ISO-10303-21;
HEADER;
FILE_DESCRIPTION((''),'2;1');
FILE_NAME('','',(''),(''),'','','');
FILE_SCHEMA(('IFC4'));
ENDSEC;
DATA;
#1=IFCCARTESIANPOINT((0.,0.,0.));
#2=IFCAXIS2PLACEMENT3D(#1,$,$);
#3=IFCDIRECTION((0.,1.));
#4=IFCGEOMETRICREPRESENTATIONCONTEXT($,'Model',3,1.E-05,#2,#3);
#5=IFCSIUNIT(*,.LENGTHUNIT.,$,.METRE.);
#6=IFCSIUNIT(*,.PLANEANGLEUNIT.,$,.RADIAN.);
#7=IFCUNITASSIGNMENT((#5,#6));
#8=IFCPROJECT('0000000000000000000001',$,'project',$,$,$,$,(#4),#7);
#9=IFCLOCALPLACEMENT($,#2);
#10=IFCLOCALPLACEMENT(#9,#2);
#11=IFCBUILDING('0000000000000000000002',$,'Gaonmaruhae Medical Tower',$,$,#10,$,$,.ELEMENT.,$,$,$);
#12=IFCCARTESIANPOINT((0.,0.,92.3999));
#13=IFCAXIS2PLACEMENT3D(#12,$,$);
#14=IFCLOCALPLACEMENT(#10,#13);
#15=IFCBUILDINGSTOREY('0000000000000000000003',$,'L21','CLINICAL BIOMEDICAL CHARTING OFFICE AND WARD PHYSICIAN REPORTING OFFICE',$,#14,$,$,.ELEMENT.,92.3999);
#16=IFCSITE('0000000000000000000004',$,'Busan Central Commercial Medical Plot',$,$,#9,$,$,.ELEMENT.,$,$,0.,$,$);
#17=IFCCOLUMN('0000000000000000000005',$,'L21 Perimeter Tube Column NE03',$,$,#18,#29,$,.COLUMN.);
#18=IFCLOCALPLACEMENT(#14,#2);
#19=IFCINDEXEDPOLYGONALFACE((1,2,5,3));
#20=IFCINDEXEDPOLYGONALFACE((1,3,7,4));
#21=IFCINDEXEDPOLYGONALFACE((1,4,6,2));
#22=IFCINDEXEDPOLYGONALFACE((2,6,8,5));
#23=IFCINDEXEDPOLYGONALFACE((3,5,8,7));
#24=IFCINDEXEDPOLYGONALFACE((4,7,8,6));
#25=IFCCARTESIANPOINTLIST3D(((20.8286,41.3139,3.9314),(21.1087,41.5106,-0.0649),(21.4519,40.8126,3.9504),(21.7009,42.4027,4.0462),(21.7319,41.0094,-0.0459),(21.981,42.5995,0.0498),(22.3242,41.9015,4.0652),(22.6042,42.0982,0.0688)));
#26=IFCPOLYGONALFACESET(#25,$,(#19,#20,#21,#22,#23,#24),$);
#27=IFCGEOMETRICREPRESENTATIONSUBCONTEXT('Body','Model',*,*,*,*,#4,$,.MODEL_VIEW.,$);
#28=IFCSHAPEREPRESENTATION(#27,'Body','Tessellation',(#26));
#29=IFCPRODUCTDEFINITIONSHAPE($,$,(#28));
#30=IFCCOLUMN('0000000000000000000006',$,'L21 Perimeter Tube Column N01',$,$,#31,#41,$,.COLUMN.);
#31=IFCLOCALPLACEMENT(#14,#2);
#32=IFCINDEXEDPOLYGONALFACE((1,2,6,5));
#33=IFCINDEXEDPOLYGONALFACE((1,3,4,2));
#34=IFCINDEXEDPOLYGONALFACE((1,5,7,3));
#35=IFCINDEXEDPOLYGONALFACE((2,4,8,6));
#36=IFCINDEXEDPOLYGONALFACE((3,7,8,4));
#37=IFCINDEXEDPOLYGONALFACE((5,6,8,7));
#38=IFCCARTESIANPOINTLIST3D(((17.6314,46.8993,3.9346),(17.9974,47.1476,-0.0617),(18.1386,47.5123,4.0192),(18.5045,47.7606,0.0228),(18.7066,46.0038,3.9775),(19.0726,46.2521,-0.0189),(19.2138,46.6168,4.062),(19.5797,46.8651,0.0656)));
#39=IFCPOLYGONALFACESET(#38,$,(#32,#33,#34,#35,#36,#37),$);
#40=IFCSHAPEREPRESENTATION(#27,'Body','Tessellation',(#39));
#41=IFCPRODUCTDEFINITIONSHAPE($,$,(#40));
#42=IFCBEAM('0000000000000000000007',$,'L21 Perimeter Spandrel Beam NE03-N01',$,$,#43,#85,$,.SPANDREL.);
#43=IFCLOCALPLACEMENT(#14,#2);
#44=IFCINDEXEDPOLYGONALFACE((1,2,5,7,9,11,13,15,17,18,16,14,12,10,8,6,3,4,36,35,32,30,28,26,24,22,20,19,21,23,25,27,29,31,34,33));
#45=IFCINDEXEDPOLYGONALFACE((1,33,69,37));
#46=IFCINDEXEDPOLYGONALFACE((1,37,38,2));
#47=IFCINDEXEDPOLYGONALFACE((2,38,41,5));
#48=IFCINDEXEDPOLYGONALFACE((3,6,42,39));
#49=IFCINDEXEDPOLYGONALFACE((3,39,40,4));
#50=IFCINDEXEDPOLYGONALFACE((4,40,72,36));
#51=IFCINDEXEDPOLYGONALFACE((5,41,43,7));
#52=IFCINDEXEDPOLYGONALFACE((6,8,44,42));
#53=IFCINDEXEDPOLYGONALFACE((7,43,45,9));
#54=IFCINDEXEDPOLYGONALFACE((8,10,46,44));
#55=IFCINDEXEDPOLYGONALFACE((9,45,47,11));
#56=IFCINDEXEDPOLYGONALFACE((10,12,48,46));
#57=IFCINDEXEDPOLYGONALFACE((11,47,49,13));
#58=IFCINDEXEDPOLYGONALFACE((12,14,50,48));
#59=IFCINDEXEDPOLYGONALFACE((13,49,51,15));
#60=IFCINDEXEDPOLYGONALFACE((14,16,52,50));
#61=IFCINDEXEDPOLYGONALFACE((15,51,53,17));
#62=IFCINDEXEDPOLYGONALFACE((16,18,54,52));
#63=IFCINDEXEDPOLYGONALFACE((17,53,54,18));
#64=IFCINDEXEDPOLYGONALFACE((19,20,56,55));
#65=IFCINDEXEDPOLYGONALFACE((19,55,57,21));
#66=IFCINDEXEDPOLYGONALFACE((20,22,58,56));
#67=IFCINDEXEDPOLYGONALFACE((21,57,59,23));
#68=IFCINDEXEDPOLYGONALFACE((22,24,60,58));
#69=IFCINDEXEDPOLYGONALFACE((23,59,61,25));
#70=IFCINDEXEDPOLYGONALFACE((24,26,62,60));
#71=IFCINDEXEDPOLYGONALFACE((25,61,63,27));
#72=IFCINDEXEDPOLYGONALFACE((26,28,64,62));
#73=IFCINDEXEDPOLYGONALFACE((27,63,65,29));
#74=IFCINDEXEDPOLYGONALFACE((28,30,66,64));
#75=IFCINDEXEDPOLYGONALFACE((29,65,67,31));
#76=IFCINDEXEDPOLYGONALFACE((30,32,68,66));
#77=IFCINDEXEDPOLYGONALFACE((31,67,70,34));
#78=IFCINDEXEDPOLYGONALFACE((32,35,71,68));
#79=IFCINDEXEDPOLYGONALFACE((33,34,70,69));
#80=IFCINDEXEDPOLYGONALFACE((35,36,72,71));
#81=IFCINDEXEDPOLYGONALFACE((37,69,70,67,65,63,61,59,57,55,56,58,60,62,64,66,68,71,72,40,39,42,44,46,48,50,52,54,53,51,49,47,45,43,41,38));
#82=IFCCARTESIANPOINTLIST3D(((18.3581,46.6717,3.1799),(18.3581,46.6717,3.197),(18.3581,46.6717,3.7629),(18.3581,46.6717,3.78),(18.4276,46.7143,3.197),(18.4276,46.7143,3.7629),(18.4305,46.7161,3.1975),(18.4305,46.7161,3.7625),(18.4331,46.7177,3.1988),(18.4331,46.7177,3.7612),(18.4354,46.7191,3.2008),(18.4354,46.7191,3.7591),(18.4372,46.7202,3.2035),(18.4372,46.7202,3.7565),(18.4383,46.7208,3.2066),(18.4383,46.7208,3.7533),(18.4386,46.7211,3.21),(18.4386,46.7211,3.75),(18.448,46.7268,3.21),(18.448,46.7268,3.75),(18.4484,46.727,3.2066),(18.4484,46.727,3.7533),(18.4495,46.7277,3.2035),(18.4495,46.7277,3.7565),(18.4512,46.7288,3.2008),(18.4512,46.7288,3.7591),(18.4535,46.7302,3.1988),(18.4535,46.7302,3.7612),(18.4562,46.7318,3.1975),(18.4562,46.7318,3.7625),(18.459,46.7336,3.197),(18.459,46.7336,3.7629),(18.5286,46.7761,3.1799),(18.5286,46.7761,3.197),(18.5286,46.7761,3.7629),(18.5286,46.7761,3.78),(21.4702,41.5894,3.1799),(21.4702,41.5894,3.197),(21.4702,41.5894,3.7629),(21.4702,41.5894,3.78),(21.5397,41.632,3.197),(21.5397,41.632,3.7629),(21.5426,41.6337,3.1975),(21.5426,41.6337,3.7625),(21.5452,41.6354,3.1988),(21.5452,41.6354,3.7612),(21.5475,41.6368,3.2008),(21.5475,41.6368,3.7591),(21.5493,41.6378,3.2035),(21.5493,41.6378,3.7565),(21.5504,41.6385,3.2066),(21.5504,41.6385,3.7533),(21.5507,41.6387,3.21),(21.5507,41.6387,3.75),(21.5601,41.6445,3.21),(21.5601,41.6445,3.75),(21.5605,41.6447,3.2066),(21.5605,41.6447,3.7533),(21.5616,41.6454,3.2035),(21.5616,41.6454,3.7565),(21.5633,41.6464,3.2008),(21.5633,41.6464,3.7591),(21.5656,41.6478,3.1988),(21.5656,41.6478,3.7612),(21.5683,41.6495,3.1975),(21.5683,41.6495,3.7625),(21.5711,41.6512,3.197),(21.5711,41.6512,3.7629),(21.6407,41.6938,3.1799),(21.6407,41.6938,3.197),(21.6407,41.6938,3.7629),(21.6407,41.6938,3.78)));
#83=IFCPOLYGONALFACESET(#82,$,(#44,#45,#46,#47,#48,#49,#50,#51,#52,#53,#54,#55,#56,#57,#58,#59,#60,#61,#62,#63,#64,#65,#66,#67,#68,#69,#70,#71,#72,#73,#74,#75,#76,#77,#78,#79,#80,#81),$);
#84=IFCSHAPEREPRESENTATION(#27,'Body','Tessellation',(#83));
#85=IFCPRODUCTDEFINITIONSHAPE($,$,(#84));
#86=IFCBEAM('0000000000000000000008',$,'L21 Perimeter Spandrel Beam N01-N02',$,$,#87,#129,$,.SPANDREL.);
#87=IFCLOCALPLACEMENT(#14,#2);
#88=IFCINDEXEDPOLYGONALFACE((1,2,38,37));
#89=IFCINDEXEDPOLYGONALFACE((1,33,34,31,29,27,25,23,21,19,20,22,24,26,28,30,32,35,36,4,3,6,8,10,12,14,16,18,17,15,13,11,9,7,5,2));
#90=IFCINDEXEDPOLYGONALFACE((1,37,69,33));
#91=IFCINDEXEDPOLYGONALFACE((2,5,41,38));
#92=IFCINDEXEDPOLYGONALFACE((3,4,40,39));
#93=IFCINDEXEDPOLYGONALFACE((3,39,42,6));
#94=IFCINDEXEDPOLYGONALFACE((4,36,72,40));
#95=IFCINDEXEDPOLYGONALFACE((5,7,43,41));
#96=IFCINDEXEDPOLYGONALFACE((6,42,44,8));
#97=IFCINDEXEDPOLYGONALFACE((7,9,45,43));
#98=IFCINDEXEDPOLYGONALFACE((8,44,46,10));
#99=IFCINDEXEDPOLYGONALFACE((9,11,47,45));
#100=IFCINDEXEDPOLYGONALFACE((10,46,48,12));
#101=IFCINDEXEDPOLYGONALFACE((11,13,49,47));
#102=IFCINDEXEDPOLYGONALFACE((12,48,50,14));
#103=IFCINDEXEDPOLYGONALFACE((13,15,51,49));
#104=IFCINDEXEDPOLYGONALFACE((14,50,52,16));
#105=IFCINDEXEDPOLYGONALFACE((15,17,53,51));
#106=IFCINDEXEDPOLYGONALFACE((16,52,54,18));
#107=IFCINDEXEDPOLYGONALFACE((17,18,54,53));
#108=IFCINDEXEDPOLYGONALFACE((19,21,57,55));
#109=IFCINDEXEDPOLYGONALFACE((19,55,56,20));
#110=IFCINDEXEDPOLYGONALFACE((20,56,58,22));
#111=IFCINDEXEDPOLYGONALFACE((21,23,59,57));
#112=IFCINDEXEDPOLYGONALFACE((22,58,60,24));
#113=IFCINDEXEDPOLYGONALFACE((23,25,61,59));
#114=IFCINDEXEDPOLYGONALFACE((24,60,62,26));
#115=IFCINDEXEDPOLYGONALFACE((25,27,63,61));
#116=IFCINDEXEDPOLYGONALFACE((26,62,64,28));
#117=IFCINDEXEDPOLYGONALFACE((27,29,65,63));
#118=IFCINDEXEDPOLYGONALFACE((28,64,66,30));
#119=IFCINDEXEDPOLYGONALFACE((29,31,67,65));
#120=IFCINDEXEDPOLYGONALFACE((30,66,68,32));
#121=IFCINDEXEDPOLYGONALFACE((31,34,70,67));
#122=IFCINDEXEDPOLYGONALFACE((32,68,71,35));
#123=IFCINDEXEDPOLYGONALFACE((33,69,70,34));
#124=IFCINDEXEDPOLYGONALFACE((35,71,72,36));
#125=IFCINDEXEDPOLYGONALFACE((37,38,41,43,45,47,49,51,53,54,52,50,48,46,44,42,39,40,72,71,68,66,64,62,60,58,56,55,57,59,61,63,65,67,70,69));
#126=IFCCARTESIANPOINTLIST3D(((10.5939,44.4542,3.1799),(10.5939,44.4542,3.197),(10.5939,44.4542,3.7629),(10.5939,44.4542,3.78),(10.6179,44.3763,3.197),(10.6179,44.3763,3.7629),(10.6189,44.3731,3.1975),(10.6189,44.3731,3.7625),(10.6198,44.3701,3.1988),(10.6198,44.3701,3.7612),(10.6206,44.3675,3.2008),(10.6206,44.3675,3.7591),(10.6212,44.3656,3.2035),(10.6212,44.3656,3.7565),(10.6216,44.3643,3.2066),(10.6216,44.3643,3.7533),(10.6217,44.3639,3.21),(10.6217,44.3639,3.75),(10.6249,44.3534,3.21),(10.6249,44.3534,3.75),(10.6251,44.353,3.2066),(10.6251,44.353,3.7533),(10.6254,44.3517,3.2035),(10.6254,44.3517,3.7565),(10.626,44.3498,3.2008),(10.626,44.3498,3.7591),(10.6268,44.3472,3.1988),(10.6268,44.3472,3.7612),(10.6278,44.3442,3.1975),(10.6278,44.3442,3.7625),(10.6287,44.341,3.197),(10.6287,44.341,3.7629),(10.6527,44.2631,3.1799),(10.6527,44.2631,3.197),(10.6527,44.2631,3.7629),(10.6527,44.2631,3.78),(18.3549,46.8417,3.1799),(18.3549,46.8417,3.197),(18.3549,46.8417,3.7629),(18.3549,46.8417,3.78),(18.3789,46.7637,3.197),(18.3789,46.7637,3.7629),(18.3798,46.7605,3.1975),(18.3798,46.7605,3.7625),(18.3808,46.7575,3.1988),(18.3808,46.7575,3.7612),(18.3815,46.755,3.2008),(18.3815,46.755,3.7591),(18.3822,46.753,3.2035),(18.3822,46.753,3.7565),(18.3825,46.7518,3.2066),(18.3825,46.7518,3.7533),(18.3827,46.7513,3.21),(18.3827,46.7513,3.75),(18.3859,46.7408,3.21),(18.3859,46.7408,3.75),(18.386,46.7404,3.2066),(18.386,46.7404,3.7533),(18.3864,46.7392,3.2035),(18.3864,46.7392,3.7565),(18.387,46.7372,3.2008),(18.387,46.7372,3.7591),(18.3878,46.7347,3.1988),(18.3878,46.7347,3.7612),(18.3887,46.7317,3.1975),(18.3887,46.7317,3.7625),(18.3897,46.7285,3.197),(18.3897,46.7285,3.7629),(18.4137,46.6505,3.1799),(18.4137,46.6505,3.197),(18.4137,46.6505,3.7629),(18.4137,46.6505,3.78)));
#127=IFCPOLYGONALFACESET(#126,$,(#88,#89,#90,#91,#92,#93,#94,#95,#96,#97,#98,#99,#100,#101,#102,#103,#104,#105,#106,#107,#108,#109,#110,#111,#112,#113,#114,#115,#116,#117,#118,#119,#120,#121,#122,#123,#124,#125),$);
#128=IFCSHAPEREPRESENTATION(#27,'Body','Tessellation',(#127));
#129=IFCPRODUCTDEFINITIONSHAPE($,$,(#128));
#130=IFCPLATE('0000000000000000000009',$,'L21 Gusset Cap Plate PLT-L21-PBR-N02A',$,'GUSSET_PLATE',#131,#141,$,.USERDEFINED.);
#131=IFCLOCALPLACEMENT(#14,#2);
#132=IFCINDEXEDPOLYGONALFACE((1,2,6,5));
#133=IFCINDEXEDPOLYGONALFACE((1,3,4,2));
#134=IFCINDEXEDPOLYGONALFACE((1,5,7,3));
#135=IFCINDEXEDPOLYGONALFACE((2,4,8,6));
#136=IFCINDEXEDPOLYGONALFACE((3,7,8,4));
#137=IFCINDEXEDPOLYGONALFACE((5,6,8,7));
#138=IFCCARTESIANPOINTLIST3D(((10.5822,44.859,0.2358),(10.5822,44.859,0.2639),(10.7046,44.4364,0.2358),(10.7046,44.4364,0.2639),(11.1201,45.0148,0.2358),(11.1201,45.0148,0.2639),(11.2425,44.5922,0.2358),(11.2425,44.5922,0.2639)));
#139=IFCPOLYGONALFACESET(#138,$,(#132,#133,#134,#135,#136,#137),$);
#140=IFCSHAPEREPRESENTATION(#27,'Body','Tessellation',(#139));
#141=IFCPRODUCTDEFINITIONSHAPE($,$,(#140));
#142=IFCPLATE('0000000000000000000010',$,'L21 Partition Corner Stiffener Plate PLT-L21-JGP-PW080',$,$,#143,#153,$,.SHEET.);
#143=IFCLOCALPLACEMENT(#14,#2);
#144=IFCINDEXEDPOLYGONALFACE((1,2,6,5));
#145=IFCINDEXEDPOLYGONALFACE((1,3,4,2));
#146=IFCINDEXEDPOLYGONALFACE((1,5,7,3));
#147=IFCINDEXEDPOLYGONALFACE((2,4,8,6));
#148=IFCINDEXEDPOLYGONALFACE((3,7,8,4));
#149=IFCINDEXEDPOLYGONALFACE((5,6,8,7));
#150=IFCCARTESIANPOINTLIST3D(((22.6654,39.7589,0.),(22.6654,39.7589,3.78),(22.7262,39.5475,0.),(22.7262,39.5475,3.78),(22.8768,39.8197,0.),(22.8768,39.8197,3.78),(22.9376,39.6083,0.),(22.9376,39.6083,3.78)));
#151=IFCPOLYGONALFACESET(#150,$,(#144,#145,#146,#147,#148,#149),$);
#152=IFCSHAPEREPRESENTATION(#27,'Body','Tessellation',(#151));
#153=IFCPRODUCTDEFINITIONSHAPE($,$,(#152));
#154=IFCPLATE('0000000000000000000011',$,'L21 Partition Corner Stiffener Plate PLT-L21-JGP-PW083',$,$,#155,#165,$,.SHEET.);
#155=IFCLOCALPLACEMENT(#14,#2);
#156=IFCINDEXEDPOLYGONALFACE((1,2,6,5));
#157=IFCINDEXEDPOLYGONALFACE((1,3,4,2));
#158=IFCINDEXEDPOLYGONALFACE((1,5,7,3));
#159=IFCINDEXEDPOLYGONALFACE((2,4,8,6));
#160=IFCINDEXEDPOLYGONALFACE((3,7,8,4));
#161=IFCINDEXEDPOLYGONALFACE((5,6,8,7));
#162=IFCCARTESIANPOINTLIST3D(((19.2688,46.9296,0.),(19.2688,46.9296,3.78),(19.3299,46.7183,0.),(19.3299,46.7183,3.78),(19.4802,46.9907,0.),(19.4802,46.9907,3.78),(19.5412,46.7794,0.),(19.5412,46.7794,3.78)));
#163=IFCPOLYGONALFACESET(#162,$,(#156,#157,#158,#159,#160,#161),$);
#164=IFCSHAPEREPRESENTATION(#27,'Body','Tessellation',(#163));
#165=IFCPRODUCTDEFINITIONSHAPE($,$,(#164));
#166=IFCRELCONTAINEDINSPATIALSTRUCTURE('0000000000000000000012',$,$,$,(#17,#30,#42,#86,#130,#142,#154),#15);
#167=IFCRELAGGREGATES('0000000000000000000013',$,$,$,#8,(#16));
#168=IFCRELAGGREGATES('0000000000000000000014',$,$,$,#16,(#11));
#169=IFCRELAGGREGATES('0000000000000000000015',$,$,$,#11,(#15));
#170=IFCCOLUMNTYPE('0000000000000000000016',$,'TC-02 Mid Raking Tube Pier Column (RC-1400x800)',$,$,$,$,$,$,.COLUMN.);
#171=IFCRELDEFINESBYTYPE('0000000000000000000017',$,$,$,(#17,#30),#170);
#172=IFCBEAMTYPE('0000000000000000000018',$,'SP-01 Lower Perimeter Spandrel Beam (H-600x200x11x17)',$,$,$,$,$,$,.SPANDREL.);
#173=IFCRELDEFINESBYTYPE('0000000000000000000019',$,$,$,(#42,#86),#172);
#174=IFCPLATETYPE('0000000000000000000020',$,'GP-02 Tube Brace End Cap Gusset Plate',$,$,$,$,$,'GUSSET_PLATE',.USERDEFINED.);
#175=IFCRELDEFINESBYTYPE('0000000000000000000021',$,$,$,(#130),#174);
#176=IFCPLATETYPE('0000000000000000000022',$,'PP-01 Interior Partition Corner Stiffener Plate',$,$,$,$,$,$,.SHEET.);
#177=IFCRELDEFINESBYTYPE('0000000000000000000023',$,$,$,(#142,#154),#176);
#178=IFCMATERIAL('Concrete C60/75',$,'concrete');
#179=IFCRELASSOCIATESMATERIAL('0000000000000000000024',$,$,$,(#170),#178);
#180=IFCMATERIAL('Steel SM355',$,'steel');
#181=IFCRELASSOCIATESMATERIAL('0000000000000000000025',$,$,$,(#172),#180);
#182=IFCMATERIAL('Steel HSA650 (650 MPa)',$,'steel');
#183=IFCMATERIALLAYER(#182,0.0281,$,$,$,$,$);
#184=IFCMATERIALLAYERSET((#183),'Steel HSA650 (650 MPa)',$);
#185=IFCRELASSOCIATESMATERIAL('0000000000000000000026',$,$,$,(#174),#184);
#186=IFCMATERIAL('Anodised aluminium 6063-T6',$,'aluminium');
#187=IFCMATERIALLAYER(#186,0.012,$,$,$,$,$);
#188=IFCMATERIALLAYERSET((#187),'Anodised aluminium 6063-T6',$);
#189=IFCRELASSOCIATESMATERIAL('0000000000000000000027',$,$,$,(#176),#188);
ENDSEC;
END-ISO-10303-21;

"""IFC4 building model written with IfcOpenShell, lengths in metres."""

from ifc_helpers import new_model, si_unit, direction, frame, origin, origin_2d, place, context, subcontext, project, spatial, rectangle, i_section, extrude, material, layer, layer_set, material_profile, profile_set, type_object, element, save


model = new_model("IFC4")

# Units and contexts
model_context = context("Model", 3, precision=1e-05, world=origin(), true_north=direction((0.0, 1.0)))
body_context = subcontext(model_context, "Body", "Model", "MODEL_VIEW")
ifc_project = project(units=[si_unit("LENGTHUNIT", "METRE"), si_unit("PLANEANGLEUNIT", "RADIAN")], contexts=[model_context])

# Site, building, storey
site_placement = place(None, origin())
site = spatial("IfcSite", under=ifc_project, at=site_placement, Name="Busan Central Commercial Medical Plot", CompositionType="ELEMENT", RefElevation=0.0)
building_placement = place(site_placement, origin())
building = spatial("IfcBuilding", under=site, at=building_placement, Name="Gaonmaruhae Medical Tower", CompositionType="ELEMENT")
storey_placement = place(building_placement, frame((0.0, 0.0, 92.3999)))
storey = spatial("IfcBuildingStorey", under=building, at=storey_placement, Name="L21", Description="CLINICAL BIOMEDICAL CHARTING OFFICE AND WARD PHYSICIAN REPORTING OFFICE", CompositionType="ELEMENT", Elevation=92.3999)

# Columns
ifc_material_1 = material(Name="Concrete C60/75", Category="concrete")
ifc_material_profile_1 = material_profile(ifc_material_1, rectangle(XDim=1.3999, YDim=0.8, at=origin_2d()), Name="RC-1400x800")
ifc_profile_set_1 = profile_set([ifc_material_profile_1], Name="Concrete C60/75")
column_type = type_object("IfcColumnType", Name="TC-02 Mid Raking Tube Pier Column (RC-1400x800)", PredefinedType="COLUMN", material=ifc_profile_set_1)
column_1_placement = place(storey_placement, frame((21.8564, 41.8044, 0.002), z_axis=(-0.069816, -0.04906, 0.996353), x_axis=(0.623114, 0.777825, 0.081962)))
element("IfcColumn", 1, at=column_1_placement, inside=storey, type_object=column_type, Name="L21 Perimeter Tube Column NE03", PredefinedType="COLUMN", context=body_context, shape_type="SweptSolid", body=[
    extrude(rectangle(XDim=1.3999, YDim=0.8, at=origin_2d()), origin(), (0.0, 0.0, 1.0), 4.011),
])
column_2_placement = place(storey_placement, frame((18.7886, 47.0063, 0.002), z_axis=(-0.09102, -0.061753, 0.993933), x_axis=(0.768059, -0.639648, 0.030594)))
element("IfcColumn", 2, at=column_2_placement, inside=storey, type_object=column_type, Name="L21 Perimeter Tube Column N01", PredefinedType="COLUMN", context=body_context, shape_type="SweptSolid", body=[
    extrude(rectangle(XDim=1.3999, YDim=0.8, at=origin_2d()), origin(), (0.0, 0.0, 1.0), 4.0208),
])

# Beams
ifc_material_2 = material(Name="Steel SM355", Category="steel")
ifc_material_profile_2 = material_profile(ifc_material_2, i_section(OverallWidth=0.2, OverallDepth=0.6001, WebThickness=0.011, FlangeThickness=0.0171, FilletRadius=0.0129, at=origin_2d()), Name="H-600x200x11x17")
ifc_profile_set_2 = profile_set([ifc_material_profile_2], Name="Steel SM355")
beam_type = type_object("IfcBeamType", Name="SP-01 Lower Perimeter Spandrel Beam (H-600x200x11x17)", PredefinedType="SPANDREL", material=ifc_profile_set_2)
beam_1_placement = place(storey_placement, frame((21.5554, 41.6416, 3.48), z_axis=(-0.52221, 0.852817, 0.0), x_axis=(-0.852817, -0.52221, 0.0)))
element("IfcBeam", 3, at=beam_1_placement, inside=storey, type_object=beam_type, Name="L21 Perimeter Spandrel Beam NE03-N01", PredefinedType="SPANDREL", context=body_context, shape_type="SweptSolid", body=[
    extrude(i_section(OverallWidth=0.2, OverallDepth=0.6001, WebThickness=0.011, FlangeThickness=0.0171, FilletRadius=0.0129, at=origin_2d()), origin(), (0.0, 0.0, 1.0), 5.9595),
])
beam_2_placement = place(storey_placement, frame((18.3843, 46.7461, 3.48), z_axis=(-0.955798, -0.294025, 0.0), x_axis=(0.294025, -0.955798, 0.0)))
element("IfcBeam", 4, at=beam_2_placement, inside=storey, type_object=beam_type, Name="L21 Perimeter Spandrel Beam N01-N02", PredefinedType="SPANDREL", context=body_context, shape_type="SweptSolid", body=[
    extrude(i_section(OverallWidth=0.2, OverallDepth=0.6001, WebThickness=0.011, FlangeThickness=0.0171, FilletRadius=0.0129, at=origin_2d()), origin(), (0.0, 0.0, 1.0), 8.1199),
])

# Plates
ifc_material_3 = material(Name="Steel HSA650 (650 MPa)", Category="steel")
ifc_layer_1 = layer(ifc_material_3, 0.0281)
ifc_layer_set_1 = layer_set([ifc_layer_1], Name="Steel HSA650 (650 MPa)")
plate_type_1 = type_object("IfcPlateType", Name="GP-02 Tube Brace End Cap Gusset Plate", ElementType="GUSSET_PLATE", PredefinedType="USERDEFINED", material=ifc_layer_set_1)
plate_placement = place(storey_placement, frame((10.9124, 44.7256, 0.2358), z_axis=(0.0, 0.0, 1.0), x_axis=(0.960537, 0.278153, 0.0)))
element("IfcPlate", 5, at=plate_placement, inside=storey, type_object=plate_type_1, Name="L21 Gusset Cap Plate PLT-L21-PBR-N02A", ObjectType="GUSSET_PLATE", PredefinedType="USERDEFINED", context=body_context, shape_type="SweptSolid", body=[
    extrude(rectangle(XDim=0.5601, YDim=0.4399, at=origin_2d()), origin(), (0.0, 0.0, 1.0), 0.0281),
])
ifc_material_4 = material(Name="Anodised aluminium 6063-T6", Category="aluminium")
ifc_layer_2 = layer(ifc_material_4, 0.012)
ifc_layer_set_2 = layer_set([ifc_layer_2], Name="Anodised aluminium 6063-T6")
plate_type_2 = type_object("IfcPlateType", Name="PP-01 Interior Partition Corner Stiffener Plate", PredefinedType="SHEET", material=ifc_layer_set_2)
for number, where, z_axis, x_axis, name in (
    (6, (22.8015, 39.6836, 0.0), (0.0, 0.0, 1.0), (-0.961006, -0.276526, 0.0), "L21 Partition Corner Stiffener Plate PLT-L21-JGP-PW080"),
    (7, (19.405, 46.8545, 0.0), (0.0, 0.0, 1.0), (0.2776, -0.960697, 0.0), "L21 Partition Corner Stiffener Plate PLT-L21-JGP-PW083"),
):
    element("IfcPlate", number, at=place(storey_placement, frame(where, z_axis=z_axis, x_axis=x_axis)), inside=storey, type_object=plate_type_2, Name=name, PredefinedType="SHEET", context=body_context, shape_type="SweptSolid", body=[
        extrude(rectangle(XDim=0.22, YDim=0.22, at=origin_2d()), origin(), (0.0, 0.0, 1.0), 3.78),
    ])

save(model, "model.ifc")
